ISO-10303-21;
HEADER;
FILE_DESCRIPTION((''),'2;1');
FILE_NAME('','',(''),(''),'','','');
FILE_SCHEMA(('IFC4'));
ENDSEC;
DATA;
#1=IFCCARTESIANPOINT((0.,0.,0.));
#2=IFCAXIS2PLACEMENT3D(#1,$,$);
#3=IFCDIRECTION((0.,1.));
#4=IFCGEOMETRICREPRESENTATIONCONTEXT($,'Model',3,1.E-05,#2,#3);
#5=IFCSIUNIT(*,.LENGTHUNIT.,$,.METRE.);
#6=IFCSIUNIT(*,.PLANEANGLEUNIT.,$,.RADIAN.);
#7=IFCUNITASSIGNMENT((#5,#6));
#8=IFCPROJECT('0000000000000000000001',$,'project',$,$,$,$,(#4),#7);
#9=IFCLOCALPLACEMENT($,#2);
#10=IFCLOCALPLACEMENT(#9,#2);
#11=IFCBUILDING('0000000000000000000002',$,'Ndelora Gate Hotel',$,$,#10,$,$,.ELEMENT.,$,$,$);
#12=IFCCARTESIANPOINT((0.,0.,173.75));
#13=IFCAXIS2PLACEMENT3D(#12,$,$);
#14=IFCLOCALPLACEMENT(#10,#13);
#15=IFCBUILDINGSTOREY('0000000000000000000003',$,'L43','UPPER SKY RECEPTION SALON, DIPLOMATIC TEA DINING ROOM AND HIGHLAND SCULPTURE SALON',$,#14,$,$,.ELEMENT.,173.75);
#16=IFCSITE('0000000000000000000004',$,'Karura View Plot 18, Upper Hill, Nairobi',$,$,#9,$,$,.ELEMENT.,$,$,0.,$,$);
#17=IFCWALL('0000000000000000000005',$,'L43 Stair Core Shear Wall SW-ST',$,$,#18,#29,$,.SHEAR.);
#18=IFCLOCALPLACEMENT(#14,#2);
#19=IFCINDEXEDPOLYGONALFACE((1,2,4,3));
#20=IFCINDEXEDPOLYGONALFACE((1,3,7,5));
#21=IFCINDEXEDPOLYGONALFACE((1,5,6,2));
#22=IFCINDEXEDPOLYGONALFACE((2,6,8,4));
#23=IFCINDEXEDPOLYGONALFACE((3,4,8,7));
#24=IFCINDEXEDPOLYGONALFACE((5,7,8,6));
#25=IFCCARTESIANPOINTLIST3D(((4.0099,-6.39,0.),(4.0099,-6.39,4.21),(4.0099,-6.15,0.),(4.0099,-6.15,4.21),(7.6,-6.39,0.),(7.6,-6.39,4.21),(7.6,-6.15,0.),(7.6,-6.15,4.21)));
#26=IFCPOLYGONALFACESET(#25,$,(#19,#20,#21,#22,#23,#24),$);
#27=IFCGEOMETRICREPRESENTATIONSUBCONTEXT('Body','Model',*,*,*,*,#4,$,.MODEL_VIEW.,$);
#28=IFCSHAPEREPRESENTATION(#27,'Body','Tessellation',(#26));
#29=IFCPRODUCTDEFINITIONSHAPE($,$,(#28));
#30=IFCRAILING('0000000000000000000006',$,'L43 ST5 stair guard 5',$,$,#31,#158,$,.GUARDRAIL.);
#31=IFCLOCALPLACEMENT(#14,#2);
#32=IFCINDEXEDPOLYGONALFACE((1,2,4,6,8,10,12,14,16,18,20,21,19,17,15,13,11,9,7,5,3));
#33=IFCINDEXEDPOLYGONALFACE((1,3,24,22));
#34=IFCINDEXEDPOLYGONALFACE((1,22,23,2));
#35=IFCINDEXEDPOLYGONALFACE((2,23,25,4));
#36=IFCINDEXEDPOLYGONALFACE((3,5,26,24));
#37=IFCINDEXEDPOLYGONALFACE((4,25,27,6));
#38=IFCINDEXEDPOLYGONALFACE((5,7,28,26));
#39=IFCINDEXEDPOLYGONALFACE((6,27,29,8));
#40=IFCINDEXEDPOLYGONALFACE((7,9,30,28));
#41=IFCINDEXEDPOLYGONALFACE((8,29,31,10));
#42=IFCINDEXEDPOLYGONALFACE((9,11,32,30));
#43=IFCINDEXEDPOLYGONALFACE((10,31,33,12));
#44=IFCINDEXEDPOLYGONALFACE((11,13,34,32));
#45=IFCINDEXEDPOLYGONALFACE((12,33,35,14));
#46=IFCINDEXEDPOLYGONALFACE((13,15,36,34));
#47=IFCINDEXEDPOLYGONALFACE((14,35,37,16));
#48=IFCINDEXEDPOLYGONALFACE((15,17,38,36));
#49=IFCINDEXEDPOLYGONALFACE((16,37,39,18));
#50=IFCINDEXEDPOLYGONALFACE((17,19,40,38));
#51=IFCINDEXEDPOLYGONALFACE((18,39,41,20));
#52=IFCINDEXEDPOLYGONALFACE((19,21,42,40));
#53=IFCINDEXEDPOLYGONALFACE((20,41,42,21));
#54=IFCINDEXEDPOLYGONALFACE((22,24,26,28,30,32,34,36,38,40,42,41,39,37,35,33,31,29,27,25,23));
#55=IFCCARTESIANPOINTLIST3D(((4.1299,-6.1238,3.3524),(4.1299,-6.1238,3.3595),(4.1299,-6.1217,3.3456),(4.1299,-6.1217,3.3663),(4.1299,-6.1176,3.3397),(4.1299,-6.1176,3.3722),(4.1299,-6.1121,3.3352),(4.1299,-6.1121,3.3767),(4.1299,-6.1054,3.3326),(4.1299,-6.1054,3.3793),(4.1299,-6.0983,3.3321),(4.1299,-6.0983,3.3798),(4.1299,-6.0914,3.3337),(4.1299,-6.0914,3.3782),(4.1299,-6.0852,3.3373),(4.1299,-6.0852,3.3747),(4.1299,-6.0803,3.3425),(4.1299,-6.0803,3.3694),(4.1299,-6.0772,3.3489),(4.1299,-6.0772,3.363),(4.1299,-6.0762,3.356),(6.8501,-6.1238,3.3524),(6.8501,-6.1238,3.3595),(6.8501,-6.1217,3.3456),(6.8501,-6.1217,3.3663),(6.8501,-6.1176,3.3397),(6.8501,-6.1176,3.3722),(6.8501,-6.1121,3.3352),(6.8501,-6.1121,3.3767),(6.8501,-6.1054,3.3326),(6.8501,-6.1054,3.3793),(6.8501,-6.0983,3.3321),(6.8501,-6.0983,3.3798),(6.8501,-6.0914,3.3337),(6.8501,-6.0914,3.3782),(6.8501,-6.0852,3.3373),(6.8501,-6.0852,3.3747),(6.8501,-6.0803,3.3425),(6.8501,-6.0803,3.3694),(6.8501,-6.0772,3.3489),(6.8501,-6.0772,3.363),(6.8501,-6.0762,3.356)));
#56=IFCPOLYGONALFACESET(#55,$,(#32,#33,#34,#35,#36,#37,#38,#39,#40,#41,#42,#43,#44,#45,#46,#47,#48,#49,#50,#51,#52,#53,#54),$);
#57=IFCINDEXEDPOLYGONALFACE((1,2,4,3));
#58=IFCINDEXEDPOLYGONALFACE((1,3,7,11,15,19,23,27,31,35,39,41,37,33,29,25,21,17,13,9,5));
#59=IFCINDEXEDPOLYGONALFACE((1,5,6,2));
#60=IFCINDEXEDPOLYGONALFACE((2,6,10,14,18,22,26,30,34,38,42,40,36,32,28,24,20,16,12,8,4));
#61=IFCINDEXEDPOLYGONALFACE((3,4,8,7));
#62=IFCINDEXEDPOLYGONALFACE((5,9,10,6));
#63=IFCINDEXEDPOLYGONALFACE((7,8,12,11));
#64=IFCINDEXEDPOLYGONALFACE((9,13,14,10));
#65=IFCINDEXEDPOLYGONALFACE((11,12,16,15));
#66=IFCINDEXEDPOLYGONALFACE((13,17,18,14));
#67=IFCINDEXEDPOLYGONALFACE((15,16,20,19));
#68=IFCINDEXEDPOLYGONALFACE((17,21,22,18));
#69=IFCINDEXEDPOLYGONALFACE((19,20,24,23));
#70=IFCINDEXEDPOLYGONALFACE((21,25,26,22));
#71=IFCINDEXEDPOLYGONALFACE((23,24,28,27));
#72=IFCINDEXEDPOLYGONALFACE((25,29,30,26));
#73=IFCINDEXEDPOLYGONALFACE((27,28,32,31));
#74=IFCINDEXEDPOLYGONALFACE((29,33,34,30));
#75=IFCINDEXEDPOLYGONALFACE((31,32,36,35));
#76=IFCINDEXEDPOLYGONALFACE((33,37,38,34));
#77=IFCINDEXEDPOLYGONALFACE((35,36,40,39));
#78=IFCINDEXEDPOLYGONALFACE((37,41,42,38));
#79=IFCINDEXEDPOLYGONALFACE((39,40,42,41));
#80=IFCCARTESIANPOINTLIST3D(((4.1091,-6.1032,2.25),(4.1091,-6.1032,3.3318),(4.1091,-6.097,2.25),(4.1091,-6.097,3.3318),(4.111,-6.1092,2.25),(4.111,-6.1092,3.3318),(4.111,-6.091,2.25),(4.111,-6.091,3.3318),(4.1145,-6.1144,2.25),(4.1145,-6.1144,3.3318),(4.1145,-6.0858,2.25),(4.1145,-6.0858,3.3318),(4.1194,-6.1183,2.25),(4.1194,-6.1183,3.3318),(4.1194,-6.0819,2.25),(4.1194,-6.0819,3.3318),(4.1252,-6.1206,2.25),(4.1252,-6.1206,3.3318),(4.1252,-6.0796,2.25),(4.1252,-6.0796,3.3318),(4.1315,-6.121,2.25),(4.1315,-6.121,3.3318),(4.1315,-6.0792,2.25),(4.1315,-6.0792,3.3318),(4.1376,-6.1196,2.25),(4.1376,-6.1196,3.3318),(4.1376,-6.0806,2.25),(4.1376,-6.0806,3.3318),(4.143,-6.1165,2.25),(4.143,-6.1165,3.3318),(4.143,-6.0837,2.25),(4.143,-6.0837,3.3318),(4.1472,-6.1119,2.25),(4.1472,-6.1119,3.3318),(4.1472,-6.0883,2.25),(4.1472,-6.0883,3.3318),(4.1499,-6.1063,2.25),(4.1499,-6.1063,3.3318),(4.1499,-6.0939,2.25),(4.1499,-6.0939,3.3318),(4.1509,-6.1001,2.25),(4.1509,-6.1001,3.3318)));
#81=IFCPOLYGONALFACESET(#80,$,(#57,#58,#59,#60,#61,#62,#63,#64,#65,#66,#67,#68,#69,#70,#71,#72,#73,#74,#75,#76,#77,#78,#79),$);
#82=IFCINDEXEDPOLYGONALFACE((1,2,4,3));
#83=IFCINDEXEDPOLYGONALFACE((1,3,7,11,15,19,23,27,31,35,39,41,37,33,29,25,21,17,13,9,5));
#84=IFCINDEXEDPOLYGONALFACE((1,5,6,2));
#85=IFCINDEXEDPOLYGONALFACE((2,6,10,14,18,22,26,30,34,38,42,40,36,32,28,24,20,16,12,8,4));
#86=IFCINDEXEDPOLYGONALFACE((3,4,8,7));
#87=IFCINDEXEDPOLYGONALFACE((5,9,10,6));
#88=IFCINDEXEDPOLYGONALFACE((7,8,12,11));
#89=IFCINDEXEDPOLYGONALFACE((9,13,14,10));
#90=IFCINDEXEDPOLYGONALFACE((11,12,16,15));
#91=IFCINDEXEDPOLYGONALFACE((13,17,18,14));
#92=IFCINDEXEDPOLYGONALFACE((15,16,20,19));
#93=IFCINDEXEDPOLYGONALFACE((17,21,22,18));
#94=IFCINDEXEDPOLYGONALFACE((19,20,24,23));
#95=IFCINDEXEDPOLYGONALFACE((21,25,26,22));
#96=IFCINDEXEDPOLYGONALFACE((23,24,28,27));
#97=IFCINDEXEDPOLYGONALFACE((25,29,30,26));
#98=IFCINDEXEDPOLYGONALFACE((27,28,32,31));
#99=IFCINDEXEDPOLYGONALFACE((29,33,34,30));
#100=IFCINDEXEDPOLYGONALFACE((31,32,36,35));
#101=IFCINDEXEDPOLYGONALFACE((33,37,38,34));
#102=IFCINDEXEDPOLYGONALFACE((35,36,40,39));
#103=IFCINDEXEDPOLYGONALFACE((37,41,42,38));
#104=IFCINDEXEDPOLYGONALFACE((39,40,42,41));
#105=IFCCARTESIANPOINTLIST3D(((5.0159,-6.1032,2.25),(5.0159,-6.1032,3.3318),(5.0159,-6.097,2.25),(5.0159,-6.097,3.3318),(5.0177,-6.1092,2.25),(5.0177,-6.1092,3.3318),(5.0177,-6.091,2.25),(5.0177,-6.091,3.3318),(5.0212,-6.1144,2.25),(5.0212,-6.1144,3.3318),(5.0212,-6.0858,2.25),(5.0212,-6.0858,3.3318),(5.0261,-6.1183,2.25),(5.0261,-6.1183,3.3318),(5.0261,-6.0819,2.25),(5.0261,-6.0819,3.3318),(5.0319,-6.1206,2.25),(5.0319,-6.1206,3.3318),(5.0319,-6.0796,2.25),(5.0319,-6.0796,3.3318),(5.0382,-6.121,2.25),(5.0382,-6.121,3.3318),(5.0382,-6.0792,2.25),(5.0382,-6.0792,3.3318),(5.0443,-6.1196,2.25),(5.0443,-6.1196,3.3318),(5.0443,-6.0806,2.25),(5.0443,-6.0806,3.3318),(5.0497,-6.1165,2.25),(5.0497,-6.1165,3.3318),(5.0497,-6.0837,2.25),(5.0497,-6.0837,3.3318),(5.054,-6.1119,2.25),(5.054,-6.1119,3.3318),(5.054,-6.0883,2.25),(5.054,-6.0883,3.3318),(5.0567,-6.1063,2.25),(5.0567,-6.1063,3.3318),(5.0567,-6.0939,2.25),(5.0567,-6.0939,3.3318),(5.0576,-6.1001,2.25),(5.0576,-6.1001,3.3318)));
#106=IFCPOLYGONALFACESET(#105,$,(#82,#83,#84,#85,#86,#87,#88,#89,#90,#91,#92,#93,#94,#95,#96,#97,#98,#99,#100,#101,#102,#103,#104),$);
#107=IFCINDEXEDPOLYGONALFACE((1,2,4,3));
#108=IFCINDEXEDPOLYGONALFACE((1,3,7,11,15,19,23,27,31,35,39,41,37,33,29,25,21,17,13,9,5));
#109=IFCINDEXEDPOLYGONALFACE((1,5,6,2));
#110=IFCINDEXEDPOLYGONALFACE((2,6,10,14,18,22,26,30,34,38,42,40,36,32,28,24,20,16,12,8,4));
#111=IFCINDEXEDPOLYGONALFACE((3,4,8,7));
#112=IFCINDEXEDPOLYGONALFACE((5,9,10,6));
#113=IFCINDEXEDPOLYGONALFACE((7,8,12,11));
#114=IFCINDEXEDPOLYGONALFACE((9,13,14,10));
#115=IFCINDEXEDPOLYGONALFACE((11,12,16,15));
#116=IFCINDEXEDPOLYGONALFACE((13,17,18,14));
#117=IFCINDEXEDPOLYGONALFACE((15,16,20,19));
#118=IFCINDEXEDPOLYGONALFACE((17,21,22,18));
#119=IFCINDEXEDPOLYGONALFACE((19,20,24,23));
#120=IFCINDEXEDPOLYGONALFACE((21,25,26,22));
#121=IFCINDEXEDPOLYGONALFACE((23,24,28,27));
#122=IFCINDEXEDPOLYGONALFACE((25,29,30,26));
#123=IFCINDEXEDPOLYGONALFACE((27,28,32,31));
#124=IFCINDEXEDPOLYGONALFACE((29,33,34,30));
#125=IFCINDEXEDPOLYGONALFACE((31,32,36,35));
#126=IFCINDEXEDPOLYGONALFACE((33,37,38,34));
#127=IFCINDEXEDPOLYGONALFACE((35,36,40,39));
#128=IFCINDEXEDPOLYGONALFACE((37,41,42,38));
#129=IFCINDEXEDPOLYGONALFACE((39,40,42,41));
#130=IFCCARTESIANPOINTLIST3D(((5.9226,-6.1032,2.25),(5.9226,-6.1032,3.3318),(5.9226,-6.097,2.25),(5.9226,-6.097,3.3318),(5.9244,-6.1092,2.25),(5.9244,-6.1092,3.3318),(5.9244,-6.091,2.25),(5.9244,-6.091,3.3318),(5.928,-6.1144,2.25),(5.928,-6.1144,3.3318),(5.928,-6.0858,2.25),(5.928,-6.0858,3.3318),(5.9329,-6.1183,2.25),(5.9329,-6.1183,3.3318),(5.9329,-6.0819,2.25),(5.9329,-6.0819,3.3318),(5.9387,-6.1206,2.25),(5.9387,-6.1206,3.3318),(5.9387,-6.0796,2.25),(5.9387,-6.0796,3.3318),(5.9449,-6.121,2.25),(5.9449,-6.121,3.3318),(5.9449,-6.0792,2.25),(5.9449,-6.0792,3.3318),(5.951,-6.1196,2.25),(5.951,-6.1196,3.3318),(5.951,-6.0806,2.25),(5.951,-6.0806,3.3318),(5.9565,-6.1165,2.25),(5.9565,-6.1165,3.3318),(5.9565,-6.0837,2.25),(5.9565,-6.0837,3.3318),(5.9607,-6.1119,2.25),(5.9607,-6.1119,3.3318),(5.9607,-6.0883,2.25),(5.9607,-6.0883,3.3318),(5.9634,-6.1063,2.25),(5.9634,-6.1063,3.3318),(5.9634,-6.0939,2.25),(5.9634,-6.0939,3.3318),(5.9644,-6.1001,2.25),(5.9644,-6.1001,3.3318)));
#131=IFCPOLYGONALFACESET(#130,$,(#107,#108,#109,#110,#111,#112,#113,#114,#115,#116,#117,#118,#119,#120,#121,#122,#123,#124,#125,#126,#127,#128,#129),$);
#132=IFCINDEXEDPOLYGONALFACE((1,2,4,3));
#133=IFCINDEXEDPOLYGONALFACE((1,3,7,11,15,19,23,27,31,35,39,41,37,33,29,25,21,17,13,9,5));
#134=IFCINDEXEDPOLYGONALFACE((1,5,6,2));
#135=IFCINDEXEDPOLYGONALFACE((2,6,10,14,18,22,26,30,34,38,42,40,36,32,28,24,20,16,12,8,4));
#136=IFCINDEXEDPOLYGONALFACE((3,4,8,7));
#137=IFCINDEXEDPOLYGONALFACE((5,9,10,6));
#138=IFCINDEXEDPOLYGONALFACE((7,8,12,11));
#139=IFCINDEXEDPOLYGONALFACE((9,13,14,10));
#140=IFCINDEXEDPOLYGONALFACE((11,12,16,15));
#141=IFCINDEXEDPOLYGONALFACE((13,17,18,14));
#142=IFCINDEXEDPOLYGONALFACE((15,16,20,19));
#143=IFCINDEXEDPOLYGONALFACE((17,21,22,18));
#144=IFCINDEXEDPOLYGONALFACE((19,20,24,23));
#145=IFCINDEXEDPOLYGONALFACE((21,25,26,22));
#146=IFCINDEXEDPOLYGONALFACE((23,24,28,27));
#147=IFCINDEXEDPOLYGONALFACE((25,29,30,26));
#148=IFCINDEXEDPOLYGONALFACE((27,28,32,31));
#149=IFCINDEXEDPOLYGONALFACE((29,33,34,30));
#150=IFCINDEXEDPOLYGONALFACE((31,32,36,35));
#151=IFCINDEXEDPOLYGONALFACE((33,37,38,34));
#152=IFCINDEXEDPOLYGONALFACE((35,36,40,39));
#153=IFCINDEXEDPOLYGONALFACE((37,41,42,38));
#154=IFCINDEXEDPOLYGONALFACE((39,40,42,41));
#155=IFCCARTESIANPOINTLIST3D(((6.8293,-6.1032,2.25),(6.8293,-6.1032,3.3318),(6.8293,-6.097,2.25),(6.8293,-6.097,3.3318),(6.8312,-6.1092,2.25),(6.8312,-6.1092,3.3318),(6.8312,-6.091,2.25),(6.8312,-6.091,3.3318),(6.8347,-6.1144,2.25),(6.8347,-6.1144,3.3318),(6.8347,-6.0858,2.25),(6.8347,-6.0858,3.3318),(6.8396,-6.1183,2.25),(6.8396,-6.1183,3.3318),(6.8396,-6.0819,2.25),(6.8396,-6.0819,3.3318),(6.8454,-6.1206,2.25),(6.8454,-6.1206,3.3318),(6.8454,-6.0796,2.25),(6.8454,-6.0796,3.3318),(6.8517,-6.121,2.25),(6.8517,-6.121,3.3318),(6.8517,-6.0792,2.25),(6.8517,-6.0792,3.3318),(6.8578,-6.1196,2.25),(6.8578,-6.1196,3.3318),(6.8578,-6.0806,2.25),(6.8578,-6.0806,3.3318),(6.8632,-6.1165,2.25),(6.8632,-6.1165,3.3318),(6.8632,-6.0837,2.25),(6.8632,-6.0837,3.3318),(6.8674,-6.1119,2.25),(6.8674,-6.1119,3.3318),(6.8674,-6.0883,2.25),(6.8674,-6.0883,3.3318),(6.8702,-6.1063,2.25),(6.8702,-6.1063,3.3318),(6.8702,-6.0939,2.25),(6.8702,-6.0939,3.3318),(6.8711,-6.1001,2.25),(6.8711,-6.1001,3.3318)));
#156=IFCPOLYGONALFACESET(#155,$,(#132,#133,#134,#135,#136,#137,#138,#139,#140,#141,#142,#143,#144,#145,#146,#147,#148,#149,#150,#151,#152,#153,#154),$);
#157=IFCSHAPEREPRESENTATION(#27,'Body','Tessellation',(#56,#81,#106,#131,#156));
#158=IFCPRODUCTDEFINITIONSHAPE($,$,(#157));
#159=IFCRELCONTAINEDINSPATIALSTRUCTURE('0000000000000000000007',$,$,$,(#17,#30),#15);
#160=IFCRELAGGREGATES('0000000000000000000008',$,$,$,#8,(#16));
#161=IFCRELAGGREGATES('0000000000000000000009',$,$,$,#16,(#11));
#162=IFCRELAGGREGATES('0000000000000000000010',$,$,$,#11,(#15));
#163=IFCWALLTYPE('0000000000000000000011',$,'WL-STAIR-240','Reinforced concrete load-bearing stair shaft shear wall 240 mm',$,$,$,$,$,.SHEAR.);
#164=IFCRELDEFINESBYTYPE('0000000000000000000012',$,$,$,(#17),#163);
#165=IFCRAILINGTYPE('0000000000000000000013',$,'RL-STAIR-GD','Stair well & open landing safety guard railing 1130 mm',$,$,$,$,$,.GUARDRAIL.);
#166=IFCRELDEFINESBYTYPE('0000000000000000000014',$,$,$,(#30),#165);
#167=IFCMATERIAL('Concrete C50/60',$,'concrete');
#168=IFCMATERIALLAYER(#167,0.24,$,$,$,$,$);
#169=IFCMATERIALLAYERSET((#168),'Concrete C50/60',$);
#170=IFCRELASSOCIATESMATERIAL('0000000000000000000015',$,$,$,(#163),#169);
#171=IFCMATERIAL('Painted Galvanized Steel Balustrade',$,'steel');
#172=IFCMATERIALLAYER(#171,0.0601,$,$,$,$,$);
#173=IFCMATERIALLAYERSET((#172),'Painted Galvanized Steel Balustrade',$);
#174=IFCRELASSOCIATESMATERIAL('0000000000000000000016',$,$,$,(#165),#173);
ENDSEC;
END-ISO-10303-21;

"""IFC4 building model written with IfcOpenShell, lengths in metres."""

from ifc_helpers import new_model, si_unit, direction, frame, frame_2d, origin, origin_2d, place, context, subcontext, project, spatial, rectangle, circle, extrude, material, layer, layer_set, type_object, element, save


model = new_model("IFC4")

# Units and contexts
model_context = context("Model", 3, precision=1e-05, world=origin(), true_north=direction((0.0, 1.0)))
body_context = subcontext(model_context, "Body", "Model", "MODEL_VIEW")
ifc_project = project(units=[si_unit("LENGTHUNIT", "METRE"), si_unit("PLANEANGLEUNIT", "RADIAN")], contexts=[model_context])

# Site, building, storey
site_placement = place(None, origin())
site = spatial("IfcSite", under=ifc_project, at=site_placement, Name="Karura View Plot 18, Upper Hill, Nairobi", CompositionType="ELEMENT", RefElevation=0.0)
building_placement = place(site_placement, origin())
building = spatial("IfcBuilding", under=site, at=building_placement, Name="Ndelora Gate Hotel", CompositionType="ELEMENT")
storey_placement = place(building_placement, frame((0.0, 0.0, 173.75)))
storey = spatial("IfcBuildingStorey", under=building, at=storey_placement, Name="L43", Description="UPPER SKY RECEPTION SALON, DIPLOMATIC TEA DINING ROOM AND HIGHLAND SCULPTURE SALON", CompositionType="ELEMENT", Elevation=173.75)

# Shared definitions
ifc_material_1 = material(Name="Concrete C50/60", Category="concrete")

# Wall
ifc_layer_1 = layer(ifc_material_1, 0.24)
ifc_layer_set_1 = layer_set([ifc_layer_1], Name="Concrete C50/60")
wall_type_1 = type_object("IfcWallType", Name="WL-STAIR-240", Description="Reinforced concrete load-bearing stair shaft shear wall 240 mm", PredefinedType="SHEAR", material=ifc_layer_set_1)
wall_1_placement = place(storey_placement, frame((4.01, -6.27, 0.0), z_axis=(0.0, 0.0, 1.0), x_axis=(1.0, 0.0, 0.0)))
element("IfcWall", 1, at=wall_1_placement, inside=storey, type_object=wall_type_1, Name="L43 Stair Core Shear Wall SW-ST", PredefinedType="SHEAR", context=body_context, shape_type="SweptSolid", body=[
    extrude(rectangle(XDim=3.5901, YDim=0.24, at=frame_2d((1.7949, 0.0))), origin(), (0.0, 0.0, 1.0), 4.21),
])

# Railing
ifc_material_2 = material(Name="Painted Galvanized Steel Balustrade", Category="steel")
ifc_layer_2 = layer(ifc_material_2, 0.0601)
ifc_layer_set_2 = layer_set([ifc_layer_2], Name="Painted Galvanized Steel Balustrade")
railing_type = type_object("IfcRailingType", Name="RL-STAIR-GD", Description="Stair well & open landing safety guard railing 1130 mm", PredefinedType="GUARDRAIL", material=ifc_layer_set_2)
railing_1_placement = place(storey_placement, frame((4.1299, -6.1001, 2.25)))
element("IfcRailing", 2, at=railing_1_placement, inside=storey, type_object=railing_type, Name="L43 ST5 stair guard 5", PredefinedType="GUARDRAIL", context=body_context, shape_type="SweptSolid", body=[
    extrude(circle(Radius=0.0239, at=origin_2d()), frame((0.0, 0.0, 1.106), z_axis=(1.0, 0.0, 0.0), x_axis=(0.0, 1.0, 0.0)), (0.0, 0.0, 1.0), 2.7202),
    extrude(circle(Radius=0.021, at=origin_2d()), origin(), (0.0, 0.0, 1.0), 1.0818),
    extrude(circle(Radius=0.021, at=origin_2d()), frame((0.9067, 0.0, 0.0)), (0.0, 0.0, 1.0), 1.0818),
    extrude(circle(Radius=0.021, at=origin_2d()), frame((1.8135, 0.0, 0.0)), (0.0, 0.0, 1.0), 1.0818),
    extrude(circle(Radius=0.021, at=origin_2d()), frame((2.7202, 0.0, 0.0)), (0.0, 0.0, 1.0), 1.0818),
])

save(model, "model.ifc")
